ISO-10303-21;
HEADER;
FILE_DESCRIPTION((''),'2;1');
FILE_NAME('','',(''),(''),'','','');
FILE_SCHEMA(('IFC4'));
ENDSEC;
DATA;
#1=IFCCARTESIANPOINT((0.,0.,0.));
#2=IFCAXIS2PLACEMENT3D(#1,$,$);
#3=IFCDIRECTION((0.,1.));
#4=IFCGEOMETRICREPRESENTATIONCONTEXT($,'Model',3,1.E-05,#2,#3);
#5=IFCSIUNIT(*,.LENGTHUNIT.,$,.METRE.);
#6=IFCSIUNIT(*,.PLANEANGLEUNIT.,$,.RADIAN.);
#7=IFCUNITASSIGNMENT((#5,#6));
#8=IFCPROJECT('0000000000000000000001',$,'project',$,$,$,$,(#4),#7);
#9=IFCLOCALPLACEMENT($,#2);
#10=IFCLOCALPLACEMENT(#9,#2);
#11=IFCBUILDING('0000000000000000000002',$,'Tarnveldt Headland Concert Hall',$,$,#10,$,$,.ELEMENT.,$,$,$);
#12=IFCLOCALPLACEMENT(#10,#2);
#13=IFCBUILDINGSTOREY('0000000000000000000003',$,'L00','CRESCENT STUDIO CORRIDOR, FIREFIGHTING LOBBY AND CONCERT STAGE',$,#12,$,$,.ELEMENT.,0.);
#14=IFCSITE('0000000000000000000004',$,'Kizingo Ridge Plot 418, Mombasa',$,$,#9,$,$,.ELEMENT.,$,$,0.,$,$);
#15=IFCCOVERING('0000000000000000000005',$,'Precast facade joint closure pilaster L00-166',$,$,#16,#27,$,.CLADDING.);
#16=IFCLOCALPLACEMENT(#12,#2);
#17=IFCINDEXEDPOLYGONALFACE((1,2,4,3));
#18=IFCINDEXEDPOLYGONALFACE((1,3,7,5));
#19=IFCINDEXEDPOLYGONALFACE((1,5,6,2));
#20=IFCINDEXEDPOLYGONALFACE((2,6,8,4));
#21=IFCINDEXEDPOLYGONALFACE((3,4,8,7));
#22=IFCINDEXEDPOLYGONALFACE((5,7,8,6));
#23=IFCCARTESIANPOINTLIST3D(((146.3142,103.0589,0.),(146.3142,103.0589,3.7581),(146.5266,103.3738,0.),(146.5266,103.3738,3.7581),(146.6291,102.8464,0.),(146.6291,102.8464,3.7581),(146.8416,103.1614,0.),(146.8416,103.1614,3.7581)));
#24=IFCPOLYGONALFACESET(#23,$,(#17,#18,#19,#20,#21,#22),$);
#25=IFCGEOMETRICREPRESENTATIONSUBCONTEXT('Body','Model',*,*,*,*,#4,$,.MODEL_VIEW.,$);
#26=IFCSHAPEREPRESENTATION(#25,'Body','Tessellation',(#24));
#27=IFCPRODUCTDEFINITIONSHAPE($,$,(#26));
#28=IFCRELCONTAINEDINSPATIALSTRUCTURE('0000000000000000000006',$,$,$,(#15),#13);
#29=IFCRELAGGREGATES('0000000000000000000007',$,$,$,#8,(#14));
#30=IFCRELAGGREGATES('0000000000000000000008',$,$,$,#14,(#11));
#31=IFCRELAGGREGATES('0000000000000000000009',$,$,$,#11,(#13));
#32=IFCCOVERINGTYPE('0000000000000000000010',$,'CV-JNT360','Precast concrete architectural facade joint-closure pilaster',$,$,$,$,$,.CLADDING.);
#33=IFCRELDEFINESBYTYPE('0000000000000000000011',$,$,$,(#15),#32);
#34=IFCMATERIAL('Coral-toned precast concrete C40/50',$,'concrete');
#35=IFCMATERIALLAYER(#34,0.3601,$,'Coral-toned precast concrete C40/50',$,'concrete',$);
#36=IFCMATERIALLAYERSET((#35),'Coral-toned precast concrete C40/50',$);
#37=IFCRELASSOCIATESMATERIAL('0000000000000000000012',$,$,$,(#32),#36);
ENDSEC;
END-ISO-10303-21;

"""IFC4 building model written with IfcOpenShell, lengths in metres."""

from ifc_helpers import new_model, si_unit, direction, frame, origin, origin_2d, place, context, subcontext, project, spatial, rectangle, extrude, material, layer, layer_set, type_object, element, save


model = new_model("IFC4")

# Units and contexts
model_context = context("Model", 3, precision=1e-05, world=origin(), true_north=direction((0.0, 1.0)))
body_context = subcontext(model_context, "Body", "Model", "MODEL_VIEW")
ifc_project = project(units=[si_unit("LENGTHUNIT", "METRE"), si_unit("PLANEANGLEUNIT", "RADIAN")], contexts=[model_context])

# Site, building, storey
site_placement = place(None, origin())
site = spatial("IfcSite", under=ifc_project, at=site_placement, Name="Kizingo Ridge Plot 418, Mombasa", CompositionType="ELEMENT", RefElevation=0.0)
building_placement = place(site_placement, origin())
building = spatial("IfcBuilding", under=site, at=building_placement, Name="Tarnveldt Headland Concert Hall", CompositionType="ELEMENT")
storey_placement = place(building_placement, origin())
storey = spatial("IfcBuildingStorey", under=building, at=storey_placement, Name="L00", Description="CRESCENT STUDIO CORRIDOR, FIREFIGHTING LOBBY AND CONCERT STAGE", CompositionType="ELEMENT", Elevation=0.0)

# Shared definitions
ifc_material_1 = material(Name="Coral-toned precast concrete C40/50", Category="concrete")

# Covering
ifc_layer_1 = layer(ifc_material_1, 0.3601, Name="Coral-toned precast concrete C40/50", Category="concrete")
ifc_layer_set_1 = layer_set([ifc_layer_1], Name="Coral-toned precast concrete C40/50")
covering_type = type_object("IfcCoveringType", Name="CV-JNT360", Description="Precast concrete architectural facade joint-closure pilaster", PredefinedType="CLADDING", material=ifc_layer_set_1)
covering_placement = place(storey_placement, frame((146.5779, 103.1101, 0.0), z_axis=(0.0, 0.0, 1.0), x_axis=(0.559193, 0.829038, 0.0)))
element("IfcCovering", 1, at=covering_placement, inside=storey, type_object=covering_type, Name="Precast facade joint closure pilaster L00-166", PredefinedType="CLADDING", context=body_context, shape_type="SweptSolid", body=[
    extrude(rectangle(XDim=0.3799, YDim=0.3799, at=origin_2d()), origin(), (0.0, 0.0, 1.0), 3.7581),
])

save(model, "model.ifc")
